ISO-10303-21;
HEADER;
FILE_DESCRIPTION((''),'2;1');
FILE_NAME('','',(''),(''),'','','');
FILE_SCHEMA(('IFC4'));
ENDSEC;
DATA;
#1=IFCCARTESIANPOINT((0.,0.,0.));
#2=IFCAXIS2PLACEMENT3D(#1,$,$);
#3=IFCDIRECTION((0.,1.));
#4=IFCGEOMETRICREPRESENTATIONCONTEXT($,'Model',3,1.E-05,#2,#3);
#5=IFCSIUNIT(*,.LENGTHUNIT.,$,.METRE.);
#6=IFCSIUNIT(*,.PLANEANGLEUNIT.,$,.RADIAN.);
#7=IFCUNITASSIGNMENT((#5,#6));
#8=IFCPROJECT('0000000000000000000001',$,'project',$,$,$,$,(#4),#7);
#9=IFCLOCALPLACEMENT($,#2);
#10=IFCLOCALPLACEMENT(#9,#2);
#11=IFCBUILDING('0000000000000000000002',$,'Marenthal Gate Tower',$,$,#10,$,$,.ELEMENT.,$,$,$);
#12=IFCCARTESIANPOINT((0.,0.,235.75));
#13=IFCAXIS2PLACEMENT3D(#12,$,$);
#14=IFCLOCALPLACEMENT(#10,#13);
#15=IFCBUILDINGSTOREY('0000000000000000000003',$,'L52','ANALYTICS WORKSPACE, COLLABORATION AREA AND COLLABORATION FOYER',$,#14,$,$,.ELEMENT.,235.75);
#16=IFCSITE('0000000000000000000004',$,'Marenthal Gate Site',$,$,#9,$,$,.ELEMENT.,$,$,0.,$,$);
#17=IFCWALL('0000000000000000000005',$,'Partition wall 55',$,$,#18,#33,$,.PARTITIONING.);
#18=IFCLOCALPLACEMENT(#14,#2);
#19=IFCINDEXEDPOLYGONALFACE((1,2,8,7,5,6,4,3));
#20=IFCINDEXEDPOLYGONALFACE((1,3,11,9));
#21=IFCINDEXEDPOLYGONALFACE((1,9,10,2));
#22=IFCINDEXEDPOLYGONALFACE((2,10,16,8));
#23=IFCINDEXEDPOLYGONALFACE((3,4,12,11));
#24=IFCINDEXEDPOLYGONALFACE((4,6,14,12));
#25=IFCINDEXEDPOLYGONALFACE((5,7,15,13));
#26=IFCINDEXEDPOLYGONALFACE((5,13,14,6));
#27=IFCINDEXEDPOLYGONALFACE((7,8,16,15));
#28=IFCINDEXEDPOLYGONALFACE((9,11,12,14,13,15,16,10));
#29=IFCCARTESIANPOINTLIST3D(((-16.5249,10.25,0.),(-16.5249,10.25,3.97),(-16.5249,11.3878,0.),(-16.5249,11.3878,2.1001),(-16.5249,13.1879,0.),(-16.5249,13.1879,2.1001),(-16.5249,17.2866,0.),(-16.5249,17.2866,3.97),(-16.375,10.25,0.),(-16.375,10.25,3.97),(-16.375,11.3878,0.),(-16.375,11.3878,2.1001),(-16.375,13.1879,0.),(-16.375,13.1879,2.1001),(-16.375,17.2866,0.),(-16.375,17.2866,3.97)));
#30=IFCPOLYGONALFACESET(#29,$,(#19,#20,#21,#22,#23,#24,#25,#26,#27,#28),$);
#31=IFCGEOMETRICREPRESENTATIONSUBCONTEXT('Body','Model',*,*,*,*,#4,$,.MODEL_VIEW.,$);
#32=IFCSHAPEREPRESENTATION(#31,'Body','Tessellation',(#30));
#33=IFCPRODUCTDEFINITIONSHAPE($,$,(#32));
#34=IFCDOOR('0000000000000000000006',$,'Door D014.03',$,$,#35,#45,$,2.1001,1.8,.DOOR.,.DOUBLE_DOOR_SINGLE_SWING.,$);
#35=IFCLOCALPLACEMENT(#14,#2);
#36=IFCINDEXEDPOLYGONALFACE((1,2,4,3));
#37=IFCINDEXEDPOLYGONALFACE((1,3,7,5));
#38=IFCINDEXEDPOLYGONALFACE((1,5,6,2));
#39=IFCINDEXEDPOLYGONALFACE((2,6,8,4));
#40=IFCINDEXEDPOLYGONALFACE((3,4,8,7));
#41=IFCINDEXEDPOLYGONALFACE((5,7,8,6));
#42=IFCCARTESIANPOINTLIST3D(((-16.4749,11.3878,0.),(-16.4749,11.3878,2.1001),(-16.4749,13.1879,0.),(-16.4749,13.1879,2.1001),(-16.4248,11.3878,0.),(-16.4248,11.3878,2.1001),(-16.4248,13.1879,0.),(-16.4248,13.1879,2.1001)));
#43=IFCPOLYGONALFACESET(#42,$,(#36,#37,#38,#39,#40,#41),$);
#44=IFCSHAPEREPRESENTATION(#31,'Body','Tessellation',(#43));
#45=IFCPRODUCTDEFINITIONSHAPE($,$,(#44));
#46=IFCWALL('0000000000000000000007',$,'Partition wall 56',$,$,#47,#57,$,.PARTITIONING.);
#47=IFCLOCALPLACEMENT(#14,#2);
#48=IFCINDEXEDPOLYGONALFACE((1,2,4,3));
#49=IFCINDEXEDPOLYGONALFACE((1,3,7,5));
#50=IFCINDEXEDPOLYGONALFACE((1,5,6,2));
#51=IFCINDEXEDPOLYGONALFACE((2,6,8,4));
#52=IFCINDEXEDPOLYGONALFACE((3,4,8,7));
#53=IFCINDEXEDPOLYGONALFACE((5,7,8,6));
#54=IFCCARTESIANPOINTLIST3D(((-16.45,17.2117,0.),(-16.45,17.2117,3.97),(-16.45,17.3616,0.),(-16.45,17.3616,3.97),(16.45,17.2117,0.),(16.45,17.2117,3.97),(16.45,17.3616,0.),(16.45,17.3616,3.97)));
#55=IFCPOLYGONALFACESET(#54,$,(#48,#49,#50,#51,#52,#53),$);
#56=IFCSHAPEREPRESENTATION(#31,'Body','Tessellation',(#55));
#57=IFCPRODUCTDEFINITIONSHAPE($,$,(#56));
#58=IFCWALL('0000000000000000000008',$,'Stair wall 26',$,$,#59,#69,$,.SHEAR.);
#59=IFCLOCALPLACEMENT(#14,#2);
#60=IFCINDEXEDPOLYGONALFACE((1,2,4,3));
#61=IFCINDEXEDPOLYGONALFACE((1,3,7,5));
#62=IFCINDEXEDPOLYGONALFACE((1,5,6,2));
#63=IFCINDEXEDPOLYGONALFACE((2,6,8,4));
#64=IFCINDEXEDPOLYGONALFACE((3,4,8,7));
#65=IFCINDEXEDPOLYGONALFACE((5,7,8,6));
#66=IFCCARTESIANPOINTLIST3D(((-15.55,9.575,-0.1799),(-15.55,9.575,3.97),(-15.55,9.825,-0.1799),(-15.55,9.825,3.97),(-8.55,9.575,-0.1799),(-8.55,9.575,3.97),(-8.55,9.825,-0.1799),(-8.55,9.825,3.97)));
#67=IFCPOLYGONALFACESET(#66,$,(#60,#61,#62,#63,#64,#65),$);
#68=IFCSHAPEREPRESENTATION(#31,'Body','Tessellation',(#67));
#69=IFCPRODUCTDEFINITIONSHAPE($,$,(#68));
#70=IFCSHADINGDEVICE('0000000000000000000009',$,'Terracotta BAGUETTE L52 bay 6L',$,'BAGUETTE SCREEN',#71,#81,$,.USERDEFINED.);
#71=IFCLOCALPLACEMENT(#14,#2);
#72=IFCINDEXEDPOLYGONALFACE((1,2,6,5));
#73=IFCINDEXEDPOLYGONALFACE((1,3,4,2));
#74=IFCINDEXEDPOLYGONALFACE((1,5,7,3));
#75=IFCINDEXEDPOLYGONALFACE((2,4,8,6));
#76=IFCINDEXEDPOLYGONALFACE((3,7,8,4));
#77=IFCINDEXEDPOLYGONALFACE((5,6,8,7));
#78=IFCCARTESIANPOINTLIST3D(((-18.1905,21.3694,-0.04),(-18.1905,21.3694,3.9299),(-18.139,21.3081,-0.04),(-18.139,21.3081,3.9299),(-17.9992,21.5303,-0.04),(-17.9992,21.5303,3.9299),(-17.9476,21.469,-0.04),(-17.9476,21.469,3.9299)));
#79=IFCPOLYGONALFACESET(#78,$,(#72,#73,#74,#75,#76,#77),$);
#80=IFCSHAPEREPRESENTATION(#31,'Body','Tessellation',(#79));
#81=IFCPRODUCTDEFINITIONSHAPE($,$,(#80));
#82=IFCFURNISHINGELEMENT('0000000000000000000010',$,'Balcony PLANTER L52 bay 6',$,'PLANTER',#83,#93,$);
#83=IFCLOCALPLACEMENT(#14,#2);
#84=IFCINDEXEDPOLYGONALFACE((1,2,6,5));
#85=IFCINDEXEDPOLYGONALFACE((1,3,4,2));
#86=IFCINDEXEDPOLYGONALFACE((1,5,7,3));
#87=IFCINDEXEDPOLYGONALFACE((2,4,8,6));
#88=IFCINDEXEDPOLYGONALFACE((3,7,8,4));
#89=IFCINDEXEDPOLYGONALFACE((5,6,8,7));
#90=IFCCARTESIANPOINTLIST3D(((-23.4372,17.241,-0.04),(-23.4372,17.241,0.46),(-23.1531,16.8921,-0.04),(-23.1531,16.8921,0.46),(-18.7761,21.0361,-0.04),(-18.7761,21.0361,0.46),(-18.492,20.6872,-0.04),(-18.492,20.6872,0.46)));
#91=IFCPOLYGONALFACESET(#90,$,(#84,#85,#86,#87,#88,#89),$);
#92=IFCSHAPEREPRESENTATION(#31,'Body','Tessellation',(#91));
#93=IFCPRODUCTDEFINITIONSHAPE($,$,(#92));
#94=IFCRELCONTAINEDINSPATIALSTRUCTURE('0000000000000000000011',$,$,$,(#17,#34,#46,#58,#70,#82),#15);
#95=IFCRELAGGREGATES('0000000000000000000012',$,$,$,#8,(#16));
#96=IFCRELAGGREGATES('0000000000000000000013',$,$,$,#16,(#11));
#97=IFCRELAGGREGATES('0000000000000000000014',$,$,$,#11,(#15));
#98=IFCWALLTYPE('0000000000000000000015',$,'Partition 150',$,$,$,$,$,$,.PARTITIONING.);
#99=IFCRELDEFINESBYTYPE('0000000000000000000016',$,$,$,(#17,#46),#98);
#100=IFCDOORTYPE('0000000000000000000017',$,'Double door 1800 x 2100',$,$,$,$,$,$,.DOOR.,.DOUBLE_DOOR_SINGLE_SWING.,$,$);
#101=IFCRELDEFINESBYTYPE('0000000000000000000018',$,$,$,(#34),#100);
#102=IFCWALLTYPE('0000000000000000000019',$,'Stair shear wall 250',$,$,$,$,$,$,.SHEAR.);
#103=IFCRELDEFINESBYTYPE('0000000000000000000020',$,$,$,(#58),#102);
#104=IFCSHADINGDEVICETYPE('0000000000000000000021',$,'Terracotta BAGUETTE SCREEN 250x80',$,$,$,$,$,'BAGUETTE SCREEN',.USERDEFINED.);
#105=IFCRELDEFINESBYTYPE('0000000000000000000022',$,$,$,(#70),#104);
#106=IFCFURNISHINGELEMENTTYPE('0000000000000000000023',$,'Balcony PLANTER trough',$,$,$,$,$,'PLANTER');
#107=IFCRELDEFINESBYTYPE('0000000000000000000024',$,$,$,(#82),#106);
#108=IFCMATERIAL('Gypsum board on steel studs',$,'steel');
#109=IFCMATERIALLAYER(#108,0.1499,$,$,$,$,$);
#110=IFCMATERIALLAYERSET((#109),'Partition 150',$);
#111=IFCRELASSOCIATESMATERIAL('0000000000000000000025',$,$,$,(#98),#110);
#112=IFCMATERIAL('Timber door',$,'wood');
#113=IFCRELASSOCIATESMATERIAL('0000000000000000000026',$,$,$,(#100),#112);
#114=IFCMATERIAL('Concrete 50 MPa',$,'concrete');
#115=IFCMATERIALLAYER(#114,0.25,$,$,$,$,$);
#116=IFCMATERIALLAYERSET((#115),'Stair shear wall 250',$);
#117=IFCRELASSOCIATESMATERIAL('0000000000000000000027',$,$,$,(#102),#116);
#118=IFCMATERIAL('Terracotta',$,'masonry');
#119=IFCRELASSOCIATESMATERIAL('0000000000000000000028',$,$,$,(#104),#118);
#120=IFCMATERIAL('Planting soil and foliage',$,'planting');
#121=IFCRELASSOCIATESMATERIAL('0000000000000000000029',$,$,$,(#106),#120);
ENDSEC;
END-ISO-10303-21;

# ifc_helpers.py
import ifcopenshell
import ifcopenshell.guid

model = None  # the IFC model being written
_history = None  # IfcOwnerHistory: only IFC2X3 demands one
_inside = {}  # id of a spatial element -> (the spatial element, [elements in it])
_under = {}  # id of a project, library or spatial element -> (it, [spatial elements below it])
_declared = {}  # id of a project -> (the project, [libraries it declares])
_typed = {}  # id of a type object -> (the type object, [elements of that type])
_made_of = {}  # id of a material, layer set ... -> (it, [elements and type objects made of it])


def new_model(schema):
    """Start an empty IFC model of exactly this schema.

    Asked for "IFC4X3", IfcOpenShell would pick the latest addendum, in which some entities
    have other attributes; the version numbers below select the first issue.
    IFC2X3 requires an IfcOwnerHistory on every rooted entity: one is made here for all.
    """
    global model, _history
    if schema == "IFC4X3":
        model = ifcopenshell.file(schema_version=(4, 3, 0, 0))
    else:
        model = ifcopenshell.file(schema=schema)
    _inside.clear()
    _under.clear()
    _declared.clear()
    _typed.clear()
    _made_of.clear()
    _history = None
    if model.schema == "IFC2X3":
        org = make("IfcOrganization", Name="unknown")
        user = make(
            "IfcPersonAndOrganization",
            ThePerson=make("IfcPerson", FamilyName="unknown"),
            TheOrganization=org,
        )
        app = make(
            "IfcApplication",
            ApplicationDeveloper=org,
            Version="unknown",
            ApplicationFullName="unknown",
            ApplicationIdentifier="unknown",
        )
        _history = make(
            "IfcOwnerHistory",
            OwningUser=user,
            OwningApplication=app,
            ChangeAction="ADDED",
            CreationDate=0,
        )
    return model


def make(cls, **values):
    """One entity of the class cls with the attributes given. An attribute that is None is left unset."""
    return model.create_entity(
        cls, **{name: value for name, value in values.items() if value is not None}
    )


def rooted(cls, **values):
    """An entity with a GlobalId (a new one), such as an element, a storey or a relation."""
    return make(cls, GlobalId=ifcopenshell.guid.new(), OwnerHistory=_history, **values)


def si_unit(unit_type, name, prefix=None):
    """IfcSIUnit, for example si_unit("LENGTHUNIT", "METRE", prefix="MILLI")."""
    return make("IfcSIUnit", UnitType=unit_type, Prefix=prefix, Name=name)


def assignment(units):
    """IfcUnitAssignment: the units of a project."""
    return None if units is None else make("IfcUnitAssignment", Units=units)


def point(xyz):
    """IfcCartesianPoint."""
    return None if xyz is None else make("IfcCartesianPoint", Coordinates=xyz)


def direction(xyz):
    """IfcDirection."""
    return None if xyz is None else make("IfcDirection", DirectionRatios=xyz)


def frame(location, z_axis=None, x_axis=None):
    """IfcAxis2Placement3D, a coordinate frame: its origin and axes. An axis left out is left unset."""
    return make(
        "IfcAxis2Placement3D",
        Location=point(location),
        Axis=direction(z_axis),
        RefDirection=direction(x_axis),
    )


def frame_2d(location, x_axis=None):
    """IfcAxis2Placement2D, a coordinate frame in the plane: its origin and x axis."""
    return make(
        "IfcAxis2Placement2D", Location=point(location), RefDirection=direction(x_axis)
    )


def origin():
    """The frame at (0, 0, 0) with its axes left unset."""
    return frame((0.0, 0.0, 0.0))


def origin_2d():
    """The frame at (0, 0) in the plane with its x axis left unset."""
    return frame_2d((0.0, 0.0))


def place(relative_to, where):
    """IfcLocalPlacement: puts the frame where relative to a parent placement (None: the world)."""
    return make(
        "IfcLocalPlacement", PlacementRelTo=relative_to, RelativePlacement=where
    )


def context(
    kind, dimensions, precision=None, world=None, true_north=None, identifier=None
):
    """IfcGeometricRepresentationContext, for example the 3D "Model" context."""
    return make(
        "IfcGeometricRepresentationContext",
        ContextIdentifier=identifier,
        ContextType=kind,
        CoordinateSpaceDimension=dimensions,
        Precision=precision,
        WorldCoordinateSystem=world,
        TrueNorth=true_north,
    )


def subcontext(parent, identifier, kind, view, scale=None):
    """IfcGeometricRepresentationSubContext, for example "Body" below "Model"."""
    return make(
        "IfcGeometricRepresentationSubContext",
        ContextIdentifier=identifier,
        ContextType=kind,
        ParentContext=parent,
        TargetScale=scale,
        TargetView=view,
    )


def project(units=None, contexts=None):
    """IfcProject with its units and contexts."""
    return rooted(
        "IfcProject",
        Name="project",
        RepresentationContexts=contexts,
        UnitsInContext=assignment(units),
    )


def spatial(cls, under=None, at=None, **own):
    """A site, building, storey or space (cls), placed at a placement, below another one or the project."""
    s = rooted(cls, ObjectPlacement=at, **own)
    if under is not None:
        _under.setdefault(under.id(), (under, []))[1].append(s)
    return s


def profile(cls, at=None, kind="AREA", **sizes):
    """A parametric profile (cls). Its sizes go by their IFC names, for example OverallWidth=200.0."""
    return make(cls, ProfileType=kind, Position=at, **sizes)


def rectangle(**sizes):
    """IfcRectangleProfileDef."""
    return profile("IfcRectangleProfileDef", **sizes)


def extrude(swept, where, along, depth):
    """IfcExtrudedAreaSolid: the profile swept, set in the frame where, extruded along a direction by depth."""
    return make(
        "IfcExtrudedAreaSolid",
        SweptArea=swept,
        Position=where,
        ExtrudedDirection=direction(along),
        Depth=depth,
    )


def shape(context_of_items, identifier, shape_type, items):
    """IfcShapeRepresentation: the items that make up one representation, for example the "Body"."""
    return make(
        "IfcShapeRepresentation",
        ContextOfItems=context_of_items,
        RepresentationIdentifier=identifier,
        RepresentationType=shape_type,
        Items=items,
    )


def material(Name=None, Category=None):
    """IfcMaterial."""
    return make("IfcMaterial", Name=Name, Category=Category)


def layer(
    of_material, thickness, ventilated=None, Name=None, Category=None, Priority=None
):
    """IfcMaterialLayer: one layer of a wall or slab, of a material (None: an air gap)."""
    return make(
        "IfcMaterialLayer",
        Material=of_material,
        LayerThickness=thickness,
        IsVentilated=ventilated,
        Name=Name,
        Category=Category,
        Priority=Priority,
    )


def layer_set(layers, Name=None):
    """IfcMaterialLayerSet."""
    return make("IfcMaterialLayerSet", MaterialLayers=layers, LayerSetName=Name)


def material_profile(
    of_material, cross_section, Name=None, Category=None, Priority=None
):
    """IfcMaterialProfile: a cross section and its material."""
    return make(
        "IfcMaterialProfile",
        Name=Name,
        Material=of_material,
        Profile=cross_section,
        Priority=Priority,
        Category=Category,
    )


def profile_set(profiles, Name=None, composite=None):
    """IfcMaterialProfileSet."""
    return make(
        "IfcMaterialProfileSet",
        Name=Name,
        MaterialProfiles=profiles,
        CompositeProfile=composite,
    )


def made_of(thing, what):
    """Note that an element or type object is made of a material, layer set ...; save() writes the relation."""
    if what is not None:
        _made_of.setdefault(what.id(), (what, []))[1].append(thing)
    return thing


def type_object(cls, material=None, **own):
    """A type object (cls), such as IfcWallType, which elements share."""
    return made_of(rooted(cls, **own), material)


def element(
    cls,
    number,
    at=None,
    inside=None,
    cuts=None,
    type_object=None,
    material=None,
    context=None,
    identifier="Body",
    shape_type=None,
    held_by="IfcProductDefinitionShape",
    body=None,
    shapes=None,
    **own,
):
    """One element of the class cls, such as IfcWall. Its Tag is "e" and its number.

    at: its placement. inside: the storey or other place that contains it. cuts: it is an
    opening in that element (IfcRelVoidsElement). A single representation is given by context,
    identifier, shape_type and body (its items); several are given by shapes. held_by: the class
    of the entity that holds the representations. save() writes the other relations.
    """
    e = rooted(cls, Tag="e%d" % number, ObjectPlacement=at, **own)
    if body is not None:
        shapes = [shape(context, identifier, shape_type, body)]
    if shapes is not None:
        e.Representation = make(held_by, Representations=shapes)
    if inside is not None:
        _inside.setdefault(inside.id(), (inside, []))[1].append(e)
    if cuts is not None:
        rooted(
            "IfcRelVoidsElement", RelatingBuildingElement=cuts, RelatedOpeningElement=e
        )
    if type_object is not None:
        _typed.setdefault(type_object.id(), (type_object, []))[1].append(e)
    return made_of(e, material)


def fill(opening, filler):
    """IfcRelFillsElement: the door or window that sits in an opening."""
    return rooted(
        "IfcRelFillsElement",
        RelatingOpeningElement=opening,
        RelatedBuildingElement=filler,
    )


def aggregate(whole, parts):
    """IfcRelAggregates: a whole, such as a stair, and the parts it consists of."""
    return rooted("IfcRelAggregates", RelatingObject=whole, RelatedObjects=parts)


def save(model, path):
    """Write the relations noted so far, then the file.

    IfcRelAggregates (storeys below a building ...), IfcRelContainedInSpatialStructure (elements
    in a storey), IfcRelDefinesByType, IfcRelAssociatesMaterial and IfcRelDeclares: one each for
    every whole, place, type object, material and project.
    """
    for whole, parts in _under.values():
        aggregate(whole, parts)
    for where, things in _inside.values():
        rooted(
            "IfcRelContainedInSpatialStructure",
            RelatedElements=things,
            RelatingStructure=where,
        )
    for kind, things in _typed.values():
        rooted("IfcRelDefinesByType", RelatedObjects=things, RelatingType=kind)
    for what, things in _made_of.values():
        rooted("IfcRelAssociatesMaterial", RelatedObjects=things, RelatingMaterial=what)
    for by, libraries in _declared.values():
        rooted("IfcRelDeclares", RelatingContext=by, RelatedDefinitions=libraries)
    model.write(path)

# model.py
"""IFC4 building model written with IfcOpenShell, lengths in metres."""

from ifc_helpers import new_model, si_unit, direction, frame, frame_2d, origin, origin_2d, place, context, subcontext, project, spatial, rectangle, extrude, material, layer, layer_set, material_profile, profile_set, type_object, element, fill, save


model = new_model("IFC4")

# Units and contexts
model_context = context("Model", 3, precision=1e-05, world=origin(), true_north=direction((0.0, 1.0)))
body_context = subcontext(model_context, "Body", "Model", "MODEL_VIEW")
ifc_project = project(units=[si_unit("LENGTHUNIT", "METRE"), si_unit("PLANEANGLEUNIT", "RADIAN")], contexts=[model_context])

# Site, building, storey
site_placement = place(None, origin())
site = spatial("IfcSite", under=ifc_project, at=site_placement, Name="Marenthal Gate Site", CompositionType="ELEMENT", RefElevation=0.0)
building_placement = place(site_placement, origin())
building = spatial("IfcBuilding", under=site, at=building_placement, Name="Marenthal Gate Tower", CompositionType="ELEMENT")
storey_placement = place(building_placement, frame((0.0, 0.0, 235.75)))
storey = spatial("IfcBuildingStorey", under=building, at=storey_placement, Name="L52", Description="ANALYTICS WORKSPACE, COLLABORATION AREA AND COLLABORATION FOYER", CompositionType="ELEMENT", Elevation=235.75)

# Shared definitions
ifc_material_1 = material(Name="Gypsum board on steel studs", Category="steel")
ifc_layer_1 = layer(ifc_material_1, 0.1499)
ifc_layer_set_1 = layer_set([ifc_layer_1], Name="Partition 150")
wall_type_1 = type_object("IfcWallType", Name="Partition 150", PredefinedType="PARTITIONING", material=ifc_layer_set_1)

# Wall, opening, door
wall_1_placement = place(storey_placement, frame((-16.45, 10.25, 0.0), z_axis=(0.0, 0.0, 1.0), x_axis=(0.0, 1.0, 0.0)))
wall_1 = element("IfcWall", 1, at=wall_1_placement, inside=storey, type_object=wall_type_1, Name="Partition wall 55", PredefinedType="PARTITIONING", context=body_context, shape_type="SweptSolid", body=[
    extrude(rectangle(XDim=7.0366, YDim=0.1499, at=frame_2d((3.5183, 0.0))), origin(), (0.0, 0.0, 1.0), 3.97),
])
opening_1_placement = place(wall_1_placement, frame((1.1379, 0.0, 0.0)))
opening_1 = element("IfcOpeningElement", 2, at=opening_1_placement, cuts=wall_1, PredefinedType="OPENING", context=body_context, shape_type="SweptSolid", body=[
    extrude(rectangle(XDim=1.8, YDim=2.1001, at=frame_2d((0.8999, 1.05))), frame((0.0, 0.085, 0.0), z_axis=(0.0, -1.0, 0.0), x_axis=(1.0, 0.0, 0.0)), (0.0, 0.0, 1.0), 0.1699),
])
ifc_material_2 = material(Name="Timber door", Category="wood")
door_type_1 = type_object("IfcDoorType", Name="Double door 1800 x 2100", OperationType="DOUBLE_DOOR_SINGLE_SWING", PredefinedType="DOOR", material=ifc_material_2)
door_1_placement = place(opening_1_placement, origin())
door_1 = element("IfcDoor", 3, at=door_1_placement, inside=storey, type_object=door_type_1, Name="Door D014.03", OperationType="DOUBLE_DOOR_SINGLE_SWING", OverallHeight=2.1001, OverallWidth=1.8, PredefinedType="DOOR", context=body_context, shape_type="SweptSolid", body=[
    extrude(rectangle(XDim=1.8, YDim=2.1001, at=frame_2d((0.8999, 1.05))), frame((0.0, 0.0249, 0.0), z_axis=(0.0, -1.0, 0.0), x_axis=(1.0, 0.0, 0.0)), (0.0, 0.0, 1.0), 0.05),
])
fill(opening_1, door_1)

# Walls
wall_2_placement = place(storey_placement, frame((-16.45, 17.2866, 0.0), z_axis=(0.0, 0.0, 1.0), x_axis=(1.0, 0.0, 0.0)))
element("IfcWall", 4, at=wall_2_placement, inside=storey, type_object=wall_type_1, Name="Partition wall 56", PredefinedType="PARTITIONING", context=body_context, shape_type="SweptSolid", body=[
    extrude(rectangle(XDim=32.8999, YDim=0.1499, at=frame_2d((16.45, 0.0))), origin(), (0.0, 0.0, 1.0), 3.97),
])
ifc_material_3 = material(Name="Concrete 50 MPa", Category="concrete")
ifc_layer_2 = layer(ifc_material_3, 0.25)
ifc_layer_set_2 = layer_set([ifc_layer_2], Name="Stair shear wall 250")
wall_type_2 = type_object("IfcWallType", Name="Stair shear wall 250", PredefinedType="SHEAR", material=ifc_layer_set_2)
wall_3_placement = place(storey_placement, frame((-15.55, 9.7, -0.1799), z_axis=(0.0, 0.0, 1.0), x_axis=(1.0, 0.0, 0.0)))
element("IfcWall", 5, at=wall_3_placement, inside=storey, type_object=wall_type_2, Name="Stair wall 26", PredefinedType="SHEAR", context=body_context, shape_type="SweptSolid", body=[
    extrude(rectangle(XDim=7.0, YDim=0.25, at=frame_2d((3.5, 0.0))), origin(), (0.0, 0.0, 1.0), 4.1499),
])

# Shading device
ifc_material_4 = material(Name="Terracotta", Category="masonry")
ifc_material_profile_1 = material_profile(ifc_material_4, rectangle(XDim=0.25, YDim=0.0801, at=origin_2d()), Name="Terracotta baguette 250x80")
ifc_profile_set_1 = profile_set([ifc_material_profile_1], Name="Terracotta")
shading_device_type = type_object("IfcShadingDeviceType", Name="Terracotta BAGUETTE SCREEN 250x80", ElementType="BAGUETTE SCREEN", PredefinedType="USERDEFINED", material=ifc_profile_set_1)
shading_device_placement = place(storey_placement, frame((-18.0691, 21.4192, -0.04), z_axis=(0.0, 0.0, 1.0), x_axis=(-0.765469, -0.643472, 0.0)))
element("IfcShadingDevice", 6, at=shading_device_placement, inside=storey, type_object=shading_device_type, Name="Terracotta BAGUETTE L52 bay 6L", ObjectType="BAGUETTE SCREEN", PredefinedType="USERDEFINED", context=body_context, shape_type="SweptSolid", body=[
    extrude(rectangle(XDim=0.25, YDim=0.0801, at=origin_2d()), origin(), (0.0, 0.0, 1.0), 3.97),
])

# Furnishing element
ifc_material_5 = material(Name="Planting soil and foliage", Category="planting")
furnishing_element_type = type_object("IfcFurnishingElementType", Name="Balcony PLANTER trough", ElementType="PLANTER", material=ifc_material_5)
furnishing_placement = place(storey_placement, frame((-20.9646, 18.9641, -0.04), z_axis=(0.0, 0.0, 1.0), x_axis=(-0.775469, -0.631385, 0.0)))
element("IfcFurnishingElement", 7, at=furnishing_placement, inside=storey, type_object=furnishing_element_type, Name="Balcony PLANTER L52 bay 6", ObjectType="PLANTER", context=body_context, shape_type="SweptSolid", body=[
    extrude(rectangle(XDim=6.0107, YDim=0.45, at=origin_2d()), origin(), (0.0, 0.0, 1.0), 0.5),
])

save(model, "model.ifc")
